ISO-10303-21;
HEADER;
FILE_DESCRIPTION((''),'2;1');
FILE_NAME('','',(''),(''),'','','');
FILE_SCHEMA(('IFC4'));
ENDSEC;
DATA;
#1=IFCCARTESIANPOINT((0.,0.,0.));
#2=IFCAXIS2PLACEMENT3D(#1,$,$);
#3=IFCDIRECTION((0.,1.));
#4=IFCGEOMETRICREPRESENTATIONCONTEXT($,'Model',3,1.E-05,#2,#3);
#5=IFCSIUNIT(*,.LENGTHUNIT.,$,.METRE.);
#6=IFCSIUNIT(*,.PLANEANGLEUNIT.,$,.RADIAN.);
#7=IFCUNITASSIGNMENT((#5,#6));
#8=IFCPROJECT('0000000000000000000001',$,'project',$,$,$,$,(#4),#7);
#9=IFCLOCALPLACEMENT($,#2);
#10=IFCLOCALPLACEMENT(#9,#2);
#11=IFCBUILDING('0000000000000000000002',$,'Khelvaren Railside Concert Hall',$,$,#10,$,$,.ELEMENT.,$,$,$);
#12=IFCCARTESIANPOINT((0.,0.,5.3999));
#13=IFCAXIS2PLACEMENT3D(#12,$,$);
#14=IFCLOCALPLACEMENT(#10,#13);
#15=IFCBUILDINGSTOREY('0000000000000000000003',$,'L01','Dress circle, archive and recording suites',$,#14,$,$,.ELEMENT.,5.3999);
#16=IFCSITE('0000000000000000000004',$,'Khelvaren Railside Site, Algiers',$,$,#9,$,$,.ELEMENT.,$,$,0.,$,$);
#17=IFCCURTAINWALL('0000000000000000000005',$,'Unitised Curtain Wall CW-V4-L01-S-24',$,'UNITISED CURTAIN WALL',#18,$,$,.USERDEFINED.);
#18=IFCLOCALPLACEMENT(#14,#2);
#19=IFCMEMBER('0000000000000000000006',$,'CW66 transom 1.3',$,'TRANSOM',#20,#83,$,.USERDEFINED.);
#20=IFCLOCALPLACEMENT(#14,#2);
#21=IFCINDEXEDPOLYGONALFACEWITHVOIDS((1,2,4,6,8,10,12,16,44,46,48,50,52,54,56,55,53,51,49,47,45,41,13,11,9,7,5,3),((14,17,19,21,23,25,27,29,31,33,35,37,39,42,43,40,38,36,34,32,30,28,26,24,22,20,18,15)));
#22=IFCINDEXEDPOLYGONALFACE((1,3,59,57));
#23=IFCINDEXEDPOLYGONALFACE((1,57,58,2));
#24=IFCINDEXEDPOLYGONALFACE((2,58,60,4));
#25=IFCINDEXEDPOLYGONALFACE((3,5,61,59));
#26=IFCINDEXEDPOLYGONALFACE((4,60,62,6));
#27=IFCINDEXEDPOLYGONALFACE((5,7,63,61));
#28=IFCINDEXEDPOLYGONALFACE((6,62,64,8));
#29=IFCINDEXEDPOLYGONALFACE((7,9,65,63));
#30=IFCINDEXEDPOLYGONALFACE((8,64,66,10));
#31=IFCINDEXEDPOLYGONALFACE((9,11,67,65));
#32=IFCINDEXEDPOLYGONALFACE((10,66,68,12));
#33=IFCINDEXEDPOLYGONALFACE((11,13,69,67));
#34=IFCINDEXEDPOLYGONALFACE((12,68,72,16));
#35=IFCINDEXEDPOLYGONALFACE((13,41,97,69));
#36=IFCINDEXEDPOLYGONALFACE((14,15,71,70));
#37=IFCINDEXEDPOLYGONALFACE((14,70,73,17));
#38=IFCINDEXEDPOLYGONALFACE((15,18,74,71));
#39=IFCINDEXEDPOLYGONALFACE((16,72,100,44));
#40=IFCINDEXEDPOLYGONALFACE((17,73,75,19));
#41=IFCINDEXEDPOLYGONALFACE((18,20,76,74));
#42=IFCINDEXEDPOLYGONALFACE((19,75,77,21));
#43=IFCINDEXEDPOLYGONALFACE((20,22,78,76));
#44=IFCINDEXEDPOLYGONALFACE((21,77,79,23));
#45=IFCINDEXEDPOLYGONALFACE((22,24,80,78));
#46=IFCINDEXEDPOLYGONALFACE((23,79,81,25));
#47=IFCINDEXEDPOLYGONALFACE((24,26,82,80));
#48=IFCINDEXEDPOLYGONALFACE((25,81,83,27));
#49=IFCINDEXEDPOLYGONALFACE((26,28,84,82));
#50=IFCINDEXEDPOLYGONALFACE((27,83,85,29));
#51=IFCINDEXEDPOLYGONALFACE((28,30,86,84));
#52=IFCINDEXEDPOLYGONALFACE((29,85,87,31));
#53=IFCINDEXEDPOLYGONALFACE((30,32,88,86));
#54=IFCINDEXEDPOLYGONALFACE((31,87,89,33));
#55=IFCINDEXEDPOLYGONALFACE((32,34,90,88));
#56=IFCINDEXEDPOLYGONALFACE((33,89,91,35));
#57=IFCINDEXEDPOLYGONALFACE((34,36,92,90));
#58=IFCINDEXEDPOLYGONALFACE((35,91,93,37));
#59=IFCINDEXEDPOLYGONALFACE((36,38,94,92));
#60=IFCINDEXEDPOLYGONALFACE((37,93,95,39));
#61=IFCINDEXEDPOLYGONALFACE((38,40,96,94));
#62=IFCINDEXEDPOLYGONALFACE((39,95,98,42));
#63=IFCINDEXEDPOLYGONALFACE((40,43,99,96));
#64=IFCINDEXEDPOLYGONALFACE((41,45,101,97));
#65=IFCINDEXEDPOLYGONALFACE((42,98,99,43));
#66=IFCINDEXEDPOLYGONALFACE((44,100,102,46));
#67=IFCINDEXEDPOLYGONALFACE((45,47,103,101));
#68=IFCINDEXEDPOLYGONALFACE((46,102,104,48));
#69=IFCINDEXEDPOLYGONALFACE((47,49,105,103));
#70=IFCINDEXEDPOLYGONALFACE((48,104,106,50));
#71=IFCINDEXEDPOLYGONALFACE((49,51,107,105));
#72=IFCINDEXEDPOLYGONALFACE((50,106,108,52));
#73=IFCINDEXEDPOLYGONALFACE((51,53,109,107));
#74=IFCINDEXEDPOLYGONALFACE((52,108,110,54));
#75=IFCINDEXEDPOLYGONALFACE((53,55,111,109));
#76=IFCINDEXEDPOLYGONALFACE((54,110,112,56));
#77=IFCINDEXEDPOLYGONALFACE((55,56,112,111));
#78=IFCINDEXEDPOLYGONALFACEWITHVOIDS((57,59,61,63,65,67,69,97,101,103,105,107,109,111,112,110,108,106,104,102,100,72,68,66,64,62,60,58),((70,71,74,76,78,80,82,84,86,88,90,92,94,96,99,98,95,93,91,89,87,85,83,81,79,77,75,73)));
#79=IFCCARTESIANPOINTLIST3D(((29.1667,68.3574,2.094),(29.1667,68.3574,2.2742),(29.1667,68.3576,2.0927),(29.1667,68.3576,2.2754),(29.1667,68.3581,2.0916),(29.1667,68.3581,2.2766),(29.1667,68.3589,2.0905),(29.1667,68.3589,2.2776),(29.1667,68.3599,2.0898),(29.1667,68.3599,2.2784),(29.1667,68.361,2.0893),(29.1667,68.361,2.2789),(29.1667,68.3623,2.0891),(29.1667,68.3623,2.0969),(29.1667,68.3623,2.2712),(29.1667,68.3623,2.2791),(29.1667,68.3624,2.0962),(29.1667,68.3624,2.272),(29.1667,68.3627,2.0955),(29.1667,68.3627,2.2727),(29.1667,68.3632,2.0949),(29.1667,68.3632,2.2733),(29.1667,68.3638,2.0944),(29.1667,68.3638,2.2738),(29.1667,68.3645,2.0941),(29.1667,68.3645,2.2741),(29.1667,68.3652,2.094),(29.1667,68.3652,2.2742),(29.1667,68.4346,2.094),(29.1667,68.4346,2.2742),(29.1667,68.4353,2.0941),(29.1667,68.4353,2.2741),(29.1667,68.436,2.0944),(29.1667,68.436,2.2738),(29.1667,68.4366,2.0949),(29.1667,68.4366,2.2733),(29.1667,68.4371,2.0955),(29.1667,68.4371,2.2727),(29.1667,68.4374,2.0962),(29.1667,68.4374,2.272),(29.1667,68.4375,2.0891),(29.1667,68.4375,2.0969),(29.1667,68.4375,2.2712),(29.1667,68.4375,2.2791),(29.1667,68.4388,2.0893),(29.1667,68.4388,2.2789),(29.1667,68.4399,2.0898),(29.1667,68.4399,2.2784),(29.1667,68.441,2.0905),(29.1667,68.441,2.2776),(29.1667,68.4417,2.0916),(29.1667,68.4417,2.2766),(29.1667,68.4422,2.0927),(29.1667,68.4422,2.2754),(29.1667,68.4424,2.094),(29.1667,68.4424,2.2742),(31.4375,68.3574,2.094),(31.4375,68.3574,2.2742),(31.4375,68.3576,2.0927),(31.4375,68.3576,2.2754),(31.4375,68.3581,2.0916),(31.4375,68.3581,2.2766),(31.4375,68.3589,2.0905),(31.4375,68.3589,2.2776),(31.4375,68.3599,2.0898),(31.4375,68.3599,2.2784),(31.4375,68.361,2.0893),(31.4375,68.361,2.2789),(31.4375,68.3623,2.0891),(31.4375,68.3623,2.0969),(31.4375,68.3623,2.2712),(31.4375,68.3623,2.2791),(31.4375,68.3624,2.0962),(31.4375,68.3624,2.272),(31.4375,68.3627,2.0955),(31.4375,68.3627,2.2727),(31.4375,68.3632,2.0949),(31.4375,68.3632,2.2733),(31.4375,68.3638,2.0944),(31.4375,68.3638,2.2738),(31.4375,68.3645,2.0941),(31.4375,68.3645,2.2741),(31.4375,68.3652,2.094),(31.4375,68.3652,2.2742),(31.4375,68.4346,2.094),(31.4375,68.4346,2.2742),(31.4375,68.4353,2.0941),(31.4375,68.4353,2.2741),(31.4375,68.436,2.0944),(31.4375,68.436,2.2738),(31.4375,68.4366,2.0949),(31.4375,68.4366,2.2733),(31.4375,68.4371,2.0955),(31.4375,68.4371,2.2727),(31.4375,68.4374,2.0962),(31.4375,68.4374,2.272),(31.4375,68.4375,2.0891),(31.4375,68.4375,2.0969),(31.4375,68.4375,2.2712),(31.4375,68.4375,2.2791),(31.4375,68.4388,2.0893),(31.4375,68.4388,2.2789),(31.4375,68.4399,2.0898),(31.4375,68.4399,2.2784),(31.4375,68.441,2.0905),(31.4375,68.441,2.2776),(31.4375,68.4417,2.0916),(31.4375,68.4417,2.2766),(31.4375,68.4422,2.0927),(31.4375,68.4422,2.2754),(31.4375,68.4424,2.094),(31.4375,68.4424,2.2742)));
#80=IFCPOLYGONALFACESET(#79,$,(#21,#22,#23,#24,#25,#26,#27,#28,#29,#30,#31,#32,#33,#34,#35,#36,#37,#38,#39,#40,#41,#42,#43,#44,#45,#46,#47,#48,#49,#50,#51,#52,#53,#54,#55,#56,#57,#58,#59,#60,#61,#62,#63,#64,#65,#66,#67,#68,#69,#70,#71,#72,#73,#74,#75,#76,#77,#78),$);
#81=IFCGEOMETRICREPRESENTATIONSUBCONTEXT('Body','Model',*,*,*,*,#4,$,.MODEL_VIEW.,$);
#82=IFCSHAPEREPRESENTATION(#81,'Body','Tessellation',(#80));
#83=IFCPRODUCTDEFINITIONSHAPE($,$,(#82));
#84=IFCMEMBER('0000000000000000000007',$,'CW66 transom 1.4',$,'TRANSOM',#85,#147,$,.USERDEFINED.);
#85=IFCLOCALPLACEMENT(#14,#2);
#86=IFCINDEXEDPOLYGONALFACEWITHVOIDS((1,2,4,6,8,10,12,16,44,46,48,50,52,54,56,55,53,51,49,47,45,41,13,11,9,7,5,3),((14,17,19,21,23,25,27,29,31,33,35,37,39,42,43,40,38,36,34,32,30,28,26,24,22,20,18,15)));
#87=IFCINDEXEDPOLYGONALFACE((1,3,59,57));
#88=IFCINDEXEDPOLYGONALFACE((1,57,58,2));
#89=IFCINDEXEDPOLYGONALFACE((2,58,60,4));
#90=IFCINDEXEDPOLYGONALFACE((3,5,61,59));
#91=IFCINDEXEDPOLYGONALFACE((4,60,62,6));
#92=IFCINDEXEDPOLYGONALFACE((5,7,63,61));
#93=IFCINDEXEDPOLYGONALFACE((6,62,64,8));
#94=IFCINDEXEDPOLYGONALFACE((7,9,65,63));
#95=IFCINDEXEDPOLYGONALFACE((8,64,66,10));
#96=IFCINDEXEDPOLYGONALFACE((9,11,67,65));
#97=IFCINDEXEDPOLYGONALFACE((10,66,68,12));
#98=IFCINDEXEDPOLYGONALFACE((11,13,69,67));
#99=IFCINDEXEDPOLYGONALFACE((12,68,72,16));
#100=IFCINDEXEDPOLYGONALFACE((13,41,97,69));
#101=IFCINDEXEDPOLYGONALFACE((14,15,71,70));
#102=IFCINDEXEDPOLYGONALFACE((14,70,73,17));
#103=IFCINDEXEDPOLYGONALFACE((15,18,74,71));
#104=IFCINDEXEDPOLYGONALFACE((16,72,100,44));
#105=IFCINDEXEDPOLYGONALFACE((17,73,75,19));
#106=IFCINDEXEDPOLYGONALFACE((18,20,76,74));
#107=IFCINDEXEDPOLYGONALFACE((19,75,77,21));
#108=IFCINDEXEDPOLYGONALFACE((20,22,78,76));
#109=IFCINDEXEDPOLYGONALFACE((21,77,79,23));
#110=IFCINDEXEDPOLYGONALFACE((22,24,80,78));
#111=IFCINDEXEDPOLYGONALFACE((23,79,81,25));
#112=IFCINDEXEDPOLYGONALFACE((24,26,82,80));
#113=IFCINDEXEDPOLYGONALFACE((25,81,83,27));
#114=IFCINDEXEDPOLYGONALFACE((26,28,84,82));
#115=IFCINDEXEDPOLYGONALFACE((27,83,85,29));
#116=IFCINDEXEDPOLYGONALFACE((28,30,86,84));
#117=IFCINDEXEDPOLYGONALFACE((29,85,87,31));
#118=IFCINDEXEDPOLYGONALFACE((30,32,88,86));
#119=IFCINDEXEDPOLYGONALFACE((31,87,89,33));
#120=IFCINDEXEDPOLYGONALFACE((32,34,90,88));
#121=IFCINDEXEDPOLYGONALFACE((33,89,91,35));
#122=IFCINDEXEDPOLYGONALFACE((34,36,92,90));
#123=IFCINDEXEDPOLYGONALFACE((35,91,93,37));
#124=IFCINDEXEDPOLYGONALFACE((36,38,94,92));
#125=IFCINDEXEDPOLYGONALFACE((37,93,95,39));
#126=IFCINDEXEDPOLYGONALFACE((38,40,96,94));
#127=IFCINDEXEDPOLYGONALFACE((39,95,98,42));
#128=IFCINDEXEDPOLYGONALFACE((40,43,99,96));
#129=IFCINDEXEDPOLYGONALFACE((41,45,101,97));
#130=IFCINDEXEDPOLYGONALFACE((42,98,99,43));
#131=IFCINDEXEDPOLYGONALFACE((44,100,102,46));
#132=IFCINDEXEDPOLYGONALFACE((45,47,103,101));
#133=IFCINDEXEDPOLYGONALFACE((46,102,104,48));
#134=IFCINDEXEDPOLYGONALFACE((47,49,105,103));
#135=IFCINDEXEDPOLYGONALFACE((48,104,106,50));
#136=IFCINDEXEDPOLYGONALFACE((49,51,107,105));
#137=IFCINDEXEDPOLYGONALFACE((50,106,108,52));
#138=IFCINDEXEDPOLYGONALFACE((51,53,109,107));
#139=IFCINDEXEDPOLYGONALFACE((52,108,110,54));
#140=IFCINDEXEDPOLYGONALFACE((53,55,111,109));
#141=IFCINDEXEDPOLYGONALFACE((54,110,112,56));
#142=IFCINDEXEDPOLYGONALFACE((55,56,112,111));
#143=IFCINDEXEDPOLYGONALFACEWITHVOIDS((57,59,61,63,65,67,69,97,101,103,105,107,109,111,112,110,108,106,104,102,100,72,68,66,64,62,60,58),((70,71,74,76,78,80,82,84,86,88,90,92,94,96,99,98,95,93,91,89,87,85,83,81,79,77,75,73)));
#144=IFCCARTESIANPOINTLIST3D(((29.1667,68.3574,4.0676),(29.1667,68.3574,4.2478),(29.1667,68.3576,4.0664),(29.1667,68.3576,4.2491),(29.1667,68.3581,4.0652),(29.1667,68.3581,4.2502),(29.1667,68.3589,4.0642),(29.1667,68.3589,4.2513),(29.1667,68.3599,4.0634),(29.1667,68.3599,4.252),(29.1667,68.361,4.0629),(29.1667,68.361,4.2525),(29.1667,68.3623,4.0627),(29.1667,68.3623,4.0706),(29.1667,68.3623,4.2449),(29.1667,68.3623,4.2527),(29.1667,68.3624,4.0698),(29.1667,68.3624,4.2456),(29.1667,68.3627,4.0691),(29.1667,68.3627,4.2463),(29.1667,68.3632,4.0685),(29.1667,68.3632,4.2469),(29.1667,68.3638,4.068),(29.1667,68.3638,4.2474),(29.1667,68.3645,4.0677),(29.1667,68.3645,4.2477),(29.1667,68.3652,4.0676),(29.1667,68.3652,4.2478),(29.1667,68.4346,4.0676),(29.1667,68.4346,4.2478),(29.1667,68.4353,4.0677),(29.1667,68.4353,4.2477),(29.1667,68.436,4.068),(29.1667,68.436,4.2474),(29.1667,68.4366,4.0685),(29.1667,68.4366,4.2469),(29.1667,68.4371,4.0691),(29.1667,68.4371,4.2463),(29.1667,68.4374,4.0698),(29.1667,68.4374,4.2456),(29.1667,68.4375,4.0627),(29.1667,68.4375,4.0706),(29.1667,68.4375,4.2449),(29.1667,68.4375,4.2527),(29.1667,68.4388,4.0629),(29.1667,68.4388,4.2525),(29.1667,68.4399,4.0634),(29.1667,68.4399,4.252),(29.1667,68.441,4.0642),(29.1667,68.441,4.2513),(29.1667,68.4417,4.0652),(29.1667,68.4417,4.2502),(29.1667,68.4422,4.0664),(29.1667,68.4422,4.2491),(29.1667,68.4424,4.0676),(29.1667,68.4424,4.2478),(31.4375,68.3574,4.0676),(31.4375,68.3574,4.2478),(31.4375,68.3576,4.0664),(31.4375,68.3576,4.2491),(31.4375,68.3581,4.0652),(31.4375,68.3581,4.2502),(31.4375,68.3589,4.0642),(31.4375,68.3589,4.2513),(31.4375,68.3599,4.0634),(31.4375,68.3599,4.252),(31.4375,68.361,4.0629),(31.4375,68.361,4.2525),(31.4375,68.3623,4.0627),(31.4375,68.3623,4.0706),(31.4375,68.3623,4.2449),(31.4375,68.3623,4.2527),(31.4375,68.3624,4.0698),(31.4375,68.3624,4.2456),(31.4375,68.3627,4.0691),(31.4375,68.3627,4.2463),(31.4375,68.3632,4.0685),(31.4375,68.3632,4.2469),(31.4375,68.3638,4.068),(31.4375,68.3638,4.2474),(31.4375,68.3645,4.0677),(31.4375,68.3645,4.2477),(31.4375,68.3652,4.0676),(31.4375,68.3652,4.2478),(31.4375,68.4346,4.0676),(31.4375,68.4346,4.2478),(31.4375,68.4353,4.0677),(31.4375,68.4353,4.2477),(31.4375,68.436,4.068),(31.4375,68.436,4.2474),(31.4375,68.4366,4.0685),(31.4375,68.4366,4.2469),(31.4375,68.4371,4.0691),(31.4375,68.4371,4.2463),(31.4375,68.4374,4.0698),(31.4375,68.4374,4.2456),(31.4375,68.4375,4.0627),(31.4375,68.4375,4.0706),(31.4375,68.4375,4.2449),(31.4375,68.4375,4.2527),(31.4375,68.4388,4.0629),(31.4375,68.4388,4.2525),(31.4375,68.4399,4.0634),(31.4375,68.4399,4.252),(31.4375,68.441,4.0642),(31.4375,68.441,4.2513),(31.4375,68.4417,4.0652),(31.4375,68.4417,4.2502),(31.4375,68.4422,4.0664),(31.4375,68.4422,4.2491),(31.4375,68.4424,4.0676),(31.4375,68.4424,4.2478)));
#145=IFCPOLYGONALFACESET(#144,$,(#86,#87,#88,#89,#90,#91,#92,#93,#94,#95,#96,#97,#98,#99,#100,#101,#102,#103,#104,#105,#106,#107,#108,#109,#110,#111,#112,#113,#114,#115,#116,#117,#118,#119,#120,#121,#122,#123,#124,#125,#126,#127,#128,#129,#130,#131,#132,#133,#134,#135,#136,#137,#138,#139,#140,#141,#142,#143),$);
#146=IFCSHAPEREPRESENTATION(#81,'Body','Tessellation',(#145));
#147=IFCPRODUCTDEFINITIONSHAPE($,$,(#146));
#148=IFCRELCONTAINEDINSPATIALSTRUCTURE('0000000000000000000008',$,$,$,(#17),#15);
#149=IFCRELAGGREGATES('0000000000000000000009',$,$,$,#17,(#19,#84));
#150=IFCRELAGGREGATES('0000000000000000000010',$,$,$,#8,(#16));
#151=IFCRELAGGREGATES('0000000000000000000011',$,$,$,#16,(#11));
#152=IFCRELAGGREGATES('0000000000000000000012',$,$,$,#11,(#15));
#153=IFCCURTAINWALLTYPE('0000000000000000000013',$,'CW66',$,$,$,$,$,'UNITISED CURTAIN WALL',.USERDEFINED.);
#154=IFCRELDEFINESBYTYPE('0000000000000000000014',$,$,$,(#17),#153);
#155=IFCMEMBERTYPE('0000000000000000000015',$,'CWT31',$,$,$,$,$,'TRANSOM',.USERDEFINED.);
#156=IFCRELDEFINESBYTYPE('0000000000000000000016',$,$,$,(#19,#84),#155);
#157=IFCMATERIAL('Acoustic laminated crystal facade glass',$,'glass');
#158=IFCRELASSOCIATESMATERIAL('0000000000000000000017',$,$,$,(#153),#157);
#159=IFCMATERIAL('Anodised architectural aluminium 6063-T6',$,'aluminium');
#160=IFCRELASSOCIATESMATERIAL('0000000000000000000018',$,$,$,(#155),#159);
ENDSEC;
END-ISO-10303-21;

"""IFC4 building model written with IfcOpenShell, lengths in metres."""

from ifc_helpers import new_model, si_unit, direction, frame, origin, origin_2d, place, context, subcontext, project, spatial, hollow_rectangle, extrude, material, material_profile, profile_set, type_object, element, aggregate, save


model = new_model("IFC4")

# Units and contexts
model_context = context("Model", 3, precision=1e-05, world=origin(), true_north=direction((0.0, 1.0)))
body_context = subcontext(model_context, "Body", "Model", "MODEL_VIEW")
ifc_project = project(units=[si_unit("LENGTHUNIT", "METRE"), si_unit("PLANEANGLEUNIT", "RADIAN")], contexts=[model_context])

# Site, building, storey
site_placement = place(None, origin())
site = spatial("IfcSite", under=ifc_project, at=site_placement, Name="Khelvaren Railside Site, Algiers", CompositionType="ELEMENT", RefElevation=0.0)
building_placement = place(site_placement, origin())
building = spatial("IfcBuilding", under=site, at=building_placement, Name="Khelvaren Railside Concert Hall", CompositionType="ELEMENT")
storey_placement = place(building_placement, frame((0.0, 0.0, 5.3999)))
storey = spatial("IfcBuildingStorey", under=building, at=storey_placement, Name="L01", Description="Dress circle, archive and recording suites", CompositionType="ELEMENT", Elevation=5.3999)

# Curtain wall, members
ifc_material_1 = material(Name="Acoustic laminated crystal facade glass", Category="glass")
curtain_wall_type = type_object("IfcCurtainWallType", Name="CW66", ElementType="UNITISED CURTAIN WALL", PredefinedType="USERDEFINED", material=ifc_material_1)
curtain_wall_placement = place(storey_placement, origin())
curtain_wall = element("IfcCurtainWall", 1, at=curtain_wall_placement, inside=storey, type_object=curtain_wall_type, Name="Unitised Curtain Wall CW-V4-L01-S-24", ObjectType="UNITISED CURTAIN WALL", PredefinedType="USERDEFINED")
ifc_material_2 = material(Name="Anodised architectural aluminium 6063-T6", Category="aluminium")
ifc_material_profile_1 = material_profile(ifc_material_2, hollow_rectangle(XDim=0.085, YDim=0.1899, WallThickness=0.0049, InnerFilletRadius=0.0029, OuterFilletRadius=0.0049, at=origin_2d()), Name="CWT 85x190x5")
ifc_profile_set_1 = profile_set([ifc_material_profile_1], Name="Anodised architectural aluminium 6063-T6")
member_type_1 = type_object("IfcMemberType", Name="CWT31", ElementType="TRANSOM", PredefinedType="USERDEFINED", material=ifc_profile_set_1)
member_1_placement = place(storey_placement, frame((31.4375, 68.3999, 2.1841), z_axis=(-1.0, 0.0, 0.0), x_axis=(0.0, -1.0, 0.0)))
member_1 = element("IfcMember", 2, at=member_1_placement, type_object=member_type_1, Name="CW66 transom 1.3", ObjectType="TRANSOM", PredefinedType="USERDEFINED", context=body_context, shape_type="SweptSolid", body=[
    extrude(hollow_rectangle(XDim=0.085, YDim=0.1899, WallThickness=0.0049, InnerFilletRadius=0.0029, OuterFilletRadius=0.0049, at=origin_2d()), origin(), (0.0, 0.0, 1.0), 2.2708),
])
member_2_placement = place(storey_placement, frame((31.4375, 68.3999, 4.1577), z_axis=(-1.0, 0.0, 0.0), x_axis=(0.0, -1.0, 0.0)))
member_2 = element("IfcMember", 3, at=member_2_placement, type_object=member_type_1, Name="CW66 transom 1.4", ObjectType="TRANSOM", PredefinedType="USERDEFINED", context=body_context, shape_type="SweptSolid", body=[
    extrude(hollow_rectangle(XDim=0.085, YDim=0.1899, WallThickness=0.0049, InnerFilletRadius=0.0029, OuterFilletRadius=0.0049, at=origin_2d()), origin(), (0.0, 0.0, 1.0), 2.2708),
])

aggregate(curtain_wall, [member_1, member_2])

save(model, "model.ifc")
